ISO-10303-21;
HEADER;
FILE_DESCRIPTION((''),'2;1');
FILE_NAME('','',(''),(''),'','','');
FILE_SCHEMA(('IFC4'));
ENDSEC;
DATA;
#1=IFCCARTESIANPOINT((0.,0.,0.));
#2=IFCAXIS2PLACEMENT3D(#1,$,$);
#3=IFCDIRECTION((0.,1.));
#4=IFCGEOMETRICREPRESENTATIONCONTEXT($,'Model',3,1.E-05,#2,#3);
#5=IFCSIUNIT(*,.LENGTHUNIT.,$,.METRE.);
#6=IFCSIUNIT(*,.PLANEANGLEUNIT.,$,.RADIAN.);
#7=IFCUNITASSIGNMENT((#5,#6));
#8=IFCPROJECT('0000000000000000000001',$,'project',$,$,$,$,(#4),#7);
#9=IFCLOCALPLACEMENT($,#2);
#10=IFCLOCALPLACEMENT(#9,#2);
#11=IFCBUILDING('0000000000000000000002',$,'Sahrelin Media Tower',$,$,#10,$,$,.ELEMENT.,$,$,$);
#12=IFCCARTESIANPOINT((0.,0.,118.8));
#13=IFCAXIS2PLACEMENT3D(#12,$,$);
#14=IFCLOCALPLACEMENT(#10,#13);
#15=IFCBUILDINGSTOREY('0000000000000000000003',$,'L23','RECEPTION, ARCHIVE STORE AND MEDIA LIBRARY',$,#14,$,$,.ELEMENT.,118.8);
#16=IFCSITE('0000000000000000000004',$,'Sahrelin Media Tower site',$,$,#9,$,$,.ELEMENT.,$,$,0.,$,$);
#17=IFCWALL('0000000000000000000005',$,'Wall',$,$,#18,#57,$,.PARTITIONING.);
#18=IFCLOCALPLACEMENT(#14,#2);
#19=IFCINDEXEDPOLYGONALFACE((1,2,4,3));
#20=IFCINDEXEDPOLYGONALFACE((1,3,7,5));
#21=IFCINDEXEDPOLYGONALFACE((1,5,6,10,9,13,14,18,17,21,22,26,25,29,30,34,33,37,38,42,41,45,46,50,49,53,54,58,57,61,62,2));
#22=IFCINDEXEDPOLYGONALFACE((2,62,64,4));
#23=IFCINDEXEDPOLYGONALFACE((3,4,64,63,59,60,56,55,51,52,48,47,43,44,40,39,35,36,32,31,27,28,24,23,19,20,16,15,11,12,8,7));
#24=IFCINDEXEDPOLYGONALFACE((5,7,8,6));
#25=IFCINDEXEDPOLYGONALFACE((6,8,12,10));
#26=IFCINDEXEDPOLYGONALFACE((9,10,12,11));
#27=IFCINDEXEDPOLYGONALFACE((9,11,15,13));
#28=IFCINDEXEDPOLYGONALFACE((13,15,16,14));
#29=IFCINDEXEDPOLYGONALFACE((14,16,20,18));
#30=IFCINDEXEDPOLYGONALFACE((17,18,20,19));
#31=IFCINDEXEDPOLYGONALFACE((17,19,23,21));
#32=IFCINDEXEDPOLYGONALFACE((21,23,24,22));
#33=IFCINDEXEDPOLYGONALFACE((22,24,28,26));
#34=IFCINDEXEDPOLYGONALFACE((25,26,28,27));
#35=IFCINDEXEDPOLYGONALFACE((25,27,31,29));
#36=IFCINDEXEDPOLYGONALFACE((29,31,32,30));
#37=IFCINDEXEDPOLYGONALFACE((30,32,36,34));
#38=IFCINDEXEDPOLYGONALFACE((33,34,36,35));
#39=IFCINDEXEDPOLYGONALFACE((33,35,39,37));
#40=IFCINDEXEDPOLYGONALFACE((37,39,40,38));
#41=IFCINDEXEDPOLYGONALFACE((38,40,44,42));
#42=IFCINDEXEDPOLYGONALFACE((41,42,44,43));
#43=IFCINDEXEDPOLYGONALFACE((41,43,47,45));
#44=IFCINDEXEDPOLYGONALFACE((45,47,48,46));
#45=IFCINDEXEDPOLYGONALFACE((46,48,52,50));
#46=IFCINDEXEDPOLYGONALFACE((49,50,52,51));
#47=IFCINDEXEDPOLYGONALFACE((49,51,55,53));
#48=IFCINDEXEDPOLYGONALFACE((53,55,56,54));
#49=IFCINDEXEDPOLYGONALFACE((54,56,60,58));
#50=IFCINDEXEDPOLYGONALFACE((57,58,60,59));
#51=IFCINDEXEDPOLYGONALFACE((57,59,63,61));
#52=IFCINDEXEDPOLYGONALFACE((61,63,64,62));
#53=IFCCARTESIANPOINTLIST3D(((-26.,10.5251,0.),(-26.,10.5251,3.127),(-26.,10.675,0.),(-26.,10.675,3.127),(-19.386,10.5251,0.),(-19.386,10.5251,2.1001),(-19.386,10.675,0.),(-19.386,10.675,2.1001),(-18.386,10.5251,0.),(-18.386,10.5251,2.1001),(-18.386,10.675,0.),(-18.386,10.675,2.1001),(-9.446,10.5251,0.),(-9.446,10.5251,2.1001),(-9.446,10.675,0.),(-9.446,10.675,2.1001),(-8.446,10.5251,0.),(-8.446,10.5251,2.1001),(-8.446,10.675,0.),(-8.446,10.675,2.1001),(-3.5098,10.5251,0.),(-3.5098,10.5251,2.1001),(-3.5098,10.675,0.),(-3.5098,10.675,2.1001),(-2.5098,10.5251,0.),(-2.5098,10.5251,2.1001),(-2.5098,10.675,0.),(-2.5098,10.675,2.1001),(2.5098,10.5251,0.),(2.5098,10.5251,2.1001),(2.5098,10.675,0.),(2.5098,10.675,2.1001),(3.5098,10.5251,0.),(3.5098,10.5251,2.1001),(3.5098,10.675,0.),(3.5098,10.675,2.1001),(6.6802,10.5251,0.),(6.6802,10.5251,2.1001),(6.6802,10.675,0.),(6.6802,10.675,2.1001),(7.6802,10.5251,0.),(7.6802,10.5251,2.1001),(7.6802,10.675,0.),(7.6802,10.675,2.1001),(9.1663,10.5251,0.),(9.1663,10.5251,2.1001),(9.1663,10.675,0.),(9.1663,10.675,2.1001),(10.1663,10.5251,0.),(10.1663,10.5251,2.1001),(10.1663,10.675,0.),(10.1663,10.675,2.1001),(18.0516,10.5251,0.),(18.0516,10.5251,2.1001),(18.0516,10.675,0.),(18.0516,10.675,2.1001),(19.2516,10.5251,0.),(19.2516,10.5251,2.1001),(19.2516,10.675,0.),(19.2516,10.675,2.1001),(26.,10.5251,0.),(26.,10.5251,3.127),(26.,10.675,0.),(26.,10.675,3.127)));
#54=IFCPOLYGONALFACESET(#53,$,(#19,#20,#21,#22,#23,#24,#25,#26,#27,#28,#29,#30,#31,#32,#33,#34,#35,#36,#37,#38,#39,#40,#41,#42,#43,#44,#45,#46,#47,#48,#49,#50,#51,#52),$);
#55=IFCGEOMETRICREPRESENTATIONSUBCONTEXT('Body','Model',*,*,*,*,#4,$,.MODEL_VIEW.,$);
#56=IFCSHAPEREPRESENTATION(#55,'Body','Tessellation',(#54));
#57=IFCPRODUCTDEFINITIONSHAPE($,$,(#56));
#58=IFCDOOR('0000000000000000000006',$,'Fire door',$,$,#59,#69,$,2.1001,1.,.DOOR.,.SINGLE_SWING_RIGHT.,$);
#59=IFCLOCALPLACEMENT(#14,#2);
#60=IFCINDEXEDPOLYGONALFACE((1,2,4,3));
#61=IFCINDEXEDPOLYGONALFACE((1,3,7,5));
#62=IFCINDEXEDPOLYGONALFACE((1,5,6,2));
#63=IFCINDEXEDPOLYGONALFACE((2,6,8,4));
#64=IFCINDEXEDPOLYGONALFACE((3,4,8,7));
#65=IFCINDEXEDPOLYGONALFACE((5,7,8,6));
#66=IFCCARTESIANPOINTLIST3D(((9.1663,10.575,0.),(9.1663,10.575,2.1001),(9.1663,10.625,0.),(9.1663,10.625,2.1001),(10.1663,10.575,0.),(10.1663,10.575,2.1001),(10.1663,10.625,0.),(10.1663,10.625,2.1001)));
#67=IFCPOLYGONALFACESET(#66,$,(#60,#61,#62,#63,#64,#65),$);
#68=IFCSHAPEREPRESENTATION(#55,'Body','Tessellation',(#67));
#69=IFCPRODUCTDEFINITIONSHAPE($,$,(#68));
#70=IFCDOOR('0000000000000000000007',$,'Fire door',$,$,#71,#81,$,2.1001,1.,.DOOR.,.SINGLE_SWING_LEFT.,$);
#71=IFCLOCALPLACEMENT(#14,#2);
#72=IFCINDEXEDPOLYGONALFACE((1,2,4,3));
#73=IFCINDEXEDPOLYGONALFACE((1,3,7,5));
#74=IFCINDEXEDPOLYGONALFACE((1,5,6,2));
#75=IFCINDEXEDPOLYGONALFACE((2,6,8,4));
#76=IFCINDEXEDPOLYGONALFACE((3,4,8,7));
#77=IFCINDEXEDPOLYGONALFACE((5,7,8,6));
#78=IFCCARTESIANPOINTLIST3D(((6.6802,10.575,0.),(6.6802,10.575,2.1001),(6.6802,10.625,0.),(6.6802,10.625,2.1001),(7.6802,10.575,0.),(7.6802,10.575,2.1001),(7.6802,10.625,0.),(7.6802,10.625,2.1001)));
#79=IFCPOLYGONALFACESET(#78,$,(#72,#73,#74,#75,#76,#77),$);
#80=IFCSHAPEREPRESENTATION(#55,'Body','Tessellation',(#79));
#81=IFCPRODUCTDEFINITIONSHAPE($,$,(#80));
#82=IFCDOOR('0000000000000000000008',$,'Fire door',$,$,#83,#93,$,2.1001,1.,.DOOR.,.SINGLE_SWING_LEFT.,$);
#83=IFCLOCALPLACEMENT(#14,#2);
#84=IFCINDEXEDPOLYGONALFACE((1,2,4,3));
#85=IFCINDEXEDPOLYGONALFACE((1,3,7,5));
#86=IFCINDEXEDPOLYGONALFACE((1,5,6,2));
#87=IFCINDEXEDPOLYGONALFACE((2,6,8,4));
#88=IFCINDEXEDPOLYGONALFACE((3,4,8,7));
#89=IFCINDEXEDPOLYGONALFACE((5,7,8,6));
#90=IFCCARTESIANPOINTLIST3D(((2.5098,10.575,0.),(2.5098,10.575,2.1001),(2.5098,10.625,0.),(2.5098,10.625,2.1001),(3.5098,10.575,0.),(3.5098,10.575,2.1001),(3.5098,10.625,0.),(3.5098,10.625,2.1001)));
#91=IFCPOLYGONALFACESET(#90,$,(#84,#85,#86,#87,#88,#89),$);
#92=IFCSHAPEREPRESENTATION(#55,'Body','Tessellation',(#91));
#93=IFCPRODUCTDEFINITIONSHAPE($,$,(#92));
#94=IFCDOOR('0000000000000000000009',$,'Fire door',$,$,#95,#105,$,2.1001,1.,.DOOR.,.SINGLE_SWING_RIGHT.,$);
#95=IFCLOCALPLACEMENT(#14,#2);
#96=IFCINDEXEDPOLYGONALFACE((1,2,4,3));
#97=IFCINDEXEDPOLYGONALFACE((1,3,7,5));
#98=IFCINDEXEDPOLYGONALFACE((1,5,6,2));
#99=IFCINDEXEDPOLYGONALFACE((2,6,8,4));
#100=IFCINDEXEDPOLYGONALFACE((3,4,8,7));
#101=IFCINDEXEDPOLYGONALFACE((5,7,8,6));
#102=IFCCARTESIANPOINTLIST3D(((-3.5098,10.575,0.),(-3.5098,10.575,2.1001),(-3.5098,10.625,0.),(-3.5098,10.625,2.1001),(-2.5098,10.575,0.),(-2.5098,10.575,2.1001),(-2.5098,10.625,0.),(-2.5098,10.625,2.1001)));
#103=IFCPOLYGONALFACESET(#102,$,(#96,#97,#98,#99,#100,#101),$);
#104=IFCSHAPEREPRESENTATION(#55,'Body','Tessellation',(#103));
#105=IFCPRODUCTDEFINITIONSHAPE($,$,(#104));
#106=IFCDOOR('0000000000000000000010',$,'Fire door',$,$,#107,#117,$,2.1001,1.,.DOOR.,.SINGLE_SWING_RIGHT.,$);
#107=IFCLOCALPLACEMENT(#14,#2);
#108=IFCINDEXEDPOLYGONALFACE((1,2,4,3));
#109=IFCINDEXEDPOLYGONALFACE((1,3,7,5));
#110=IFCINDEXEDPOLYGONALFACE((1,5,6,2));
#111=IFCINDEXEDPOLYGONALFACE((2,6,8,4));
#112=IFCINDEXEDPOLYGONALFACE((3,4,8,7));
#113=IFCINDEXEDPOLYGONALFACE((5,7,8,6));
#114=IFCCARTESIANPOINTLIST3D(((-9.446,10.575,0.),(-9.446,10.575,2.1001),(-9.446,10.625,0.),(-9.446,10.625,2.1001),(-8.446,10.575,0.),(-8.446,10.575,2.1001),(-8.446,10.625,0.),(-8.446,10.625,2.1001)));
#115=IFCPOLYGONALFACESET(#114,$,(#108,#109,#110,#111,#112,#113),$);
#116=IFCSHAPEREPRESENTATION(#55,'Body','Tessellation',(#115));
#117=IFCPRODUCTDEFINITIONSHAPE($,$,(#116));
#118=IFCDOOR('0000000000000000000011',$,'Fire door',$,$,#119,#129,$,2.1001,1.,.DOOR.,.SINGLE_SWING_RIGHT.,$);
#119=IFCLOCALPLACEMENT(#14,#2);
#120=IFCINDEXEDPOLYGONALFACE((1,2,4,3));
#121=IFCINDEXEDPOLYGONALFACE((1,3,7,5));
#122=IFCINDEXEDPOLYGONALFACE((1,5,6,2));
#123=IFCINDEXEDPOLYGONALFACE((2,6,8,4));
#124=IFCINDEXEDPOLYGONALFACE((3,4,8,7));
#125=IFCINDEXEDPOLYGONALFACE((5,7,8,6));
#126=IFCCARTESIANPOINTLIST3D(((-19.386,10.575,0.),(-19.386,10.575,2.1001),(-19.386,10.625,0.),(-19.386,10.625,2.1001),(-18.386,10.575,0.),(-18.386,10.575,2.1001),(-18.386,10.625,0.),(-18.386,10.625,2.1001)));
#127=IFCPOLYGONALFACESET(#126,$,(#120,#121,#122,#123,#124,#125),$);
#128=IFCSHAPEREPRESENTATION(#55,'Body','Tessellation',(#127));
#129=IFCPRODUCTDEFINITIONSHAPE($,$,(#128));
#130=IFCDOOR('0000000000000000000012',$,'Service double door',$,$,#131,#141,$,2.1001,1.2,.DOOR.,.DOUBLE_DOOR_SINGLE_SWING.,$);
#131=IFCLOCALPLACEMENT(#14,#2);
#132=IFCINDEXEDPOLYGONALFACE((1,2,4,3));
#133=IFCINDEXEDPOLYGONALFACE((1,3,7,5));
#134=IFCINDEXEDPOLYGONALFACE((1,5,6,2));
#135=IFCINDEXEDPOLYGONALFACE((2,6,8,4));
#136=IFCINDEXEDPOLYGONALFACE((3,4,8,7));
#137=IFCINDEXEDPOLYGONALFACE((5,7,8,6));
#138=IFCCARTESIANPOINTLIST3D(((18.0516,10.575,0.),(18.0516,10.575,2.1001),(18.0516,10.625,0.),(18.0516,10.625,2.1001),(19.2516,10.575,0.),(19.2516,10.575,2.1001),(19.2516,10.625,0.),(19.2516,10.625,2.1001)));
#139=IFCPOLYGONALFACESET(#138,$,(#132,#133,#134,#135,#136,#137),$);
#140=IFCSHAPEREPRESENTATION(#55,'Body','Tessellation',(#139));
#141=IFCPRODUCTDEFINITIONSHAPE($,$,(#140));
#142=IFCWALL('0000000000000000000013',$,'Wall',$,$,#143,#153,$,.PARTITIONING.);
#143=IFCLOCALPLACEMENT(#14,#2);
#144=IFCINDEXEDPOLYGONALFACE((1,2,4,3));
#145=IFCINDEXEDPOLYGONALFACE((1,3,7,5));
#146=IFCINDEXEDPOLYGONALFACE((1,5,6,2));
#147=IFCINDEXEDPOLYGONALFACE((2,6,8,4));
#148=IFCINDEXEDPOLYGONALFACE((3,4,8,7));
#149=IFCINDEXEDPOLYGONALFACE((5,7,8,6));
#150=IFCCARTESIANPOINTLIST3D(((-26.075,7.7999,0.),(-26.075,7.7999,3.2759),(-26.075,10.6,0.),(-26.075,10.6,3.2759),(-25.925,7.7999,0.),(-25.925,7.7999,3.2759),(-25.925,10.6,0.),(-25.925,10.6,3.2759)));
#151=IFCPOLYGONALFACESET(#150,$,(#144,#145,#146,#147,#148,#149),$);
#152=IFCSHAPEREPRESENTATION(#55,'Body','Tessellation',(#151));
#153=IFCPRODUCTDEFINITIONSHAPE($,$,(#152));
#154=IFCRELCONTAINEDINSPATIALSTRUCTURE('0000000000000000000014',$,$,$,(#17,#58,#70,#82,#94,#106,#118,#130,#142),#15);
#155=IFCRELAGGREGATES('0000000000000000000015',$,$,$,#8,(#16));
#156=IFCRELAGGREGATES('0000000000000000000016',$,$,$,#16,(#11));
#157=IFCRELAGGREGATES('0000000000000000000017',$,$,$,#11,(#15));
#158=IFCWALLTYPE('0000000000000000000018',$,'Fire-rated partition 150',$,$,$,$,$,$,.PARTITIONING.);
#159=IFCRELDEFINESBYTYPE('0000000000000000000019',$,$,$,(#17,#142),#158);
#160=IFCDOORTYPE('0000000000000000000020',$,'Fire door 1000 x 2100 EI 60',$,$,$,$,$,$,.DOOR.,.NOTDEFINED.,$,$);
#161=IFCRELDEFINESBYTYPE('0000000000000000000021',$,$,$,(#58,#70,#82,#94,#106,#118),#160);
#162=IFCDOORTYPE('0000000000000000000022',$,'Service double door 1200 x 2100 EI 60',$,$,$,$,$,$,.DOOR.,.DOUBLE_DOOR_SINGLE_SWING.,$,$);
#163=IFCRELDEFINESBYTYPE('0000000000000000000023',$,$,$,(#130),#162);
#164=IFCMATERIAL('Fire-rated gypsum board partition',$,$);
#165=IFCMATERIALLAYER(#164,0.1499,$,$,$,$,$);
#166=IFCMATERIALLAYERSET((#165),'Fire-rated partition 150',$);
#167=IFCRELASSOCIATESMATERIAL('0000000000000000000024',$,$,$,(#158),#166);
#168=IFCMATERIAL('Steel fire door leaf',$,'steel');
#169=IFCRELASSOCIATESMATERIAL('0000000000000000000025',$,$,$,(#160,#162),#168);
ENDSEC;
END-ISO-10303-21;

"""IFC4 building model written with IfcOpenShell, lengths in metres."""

from ifc_helpers import new_model, si_unit, direction, frame, frame_2d, origin, place, context, subcontext, project, spatial, rectangle, extrude, material, layer, layer_set, type_object, element, fill, save


model = new_model("IFC4")

# Units and contexts
model_context = context("Model", 3, precision=1e-05, world=origin(), true_north=direction((0.0, 1.0)))
body_context = subcontext(model_context, "Body", "Model", "MODEL_VIEW")
ifc_project = project(units=[si_unit("LENGTHUNIT", "METRE"), si_unit("PLANEANGLEUNIT", "RADIAN")], contexts=[model_context])

# Site, building, storey
site_placement = place(None, origin())
site = spatial("IfcSite", under=ifc_project, at=site_placement, Name="Sahrelin Media Tower site", CompositionType="ELEMENT", RefElevation=0.0)
building_placement = place(site_placement, origin())
building = spatial("IfcBuilding", under=site, at=building_placement, Name="Sahrelin Media Tower", CompositionType="ELEMENT")
storey_placement = place(building_placement, frame((0.0, 0.0, 118.8)))
storey = spatial("IfcBuildingStorey", under=building, at=storey_placement, Name="L23", Description="RECEPTION, ARCHIVE STORE AND MEDIA LIBRARY", CompositionType="ELEMENT", Elevation=118.8)

# Shared definitions
ifc_material_1 = material(Name="Fire-rated gypsum board partition")
ifc_layer_1 = layer(ifc_material_1, 0.1499)
ifc_layer_set_1 = layer_set([ifc_layer_1], Name="Fire-rated partition 150")
wall_type = type_object("IfcWallType", Name="Fire-rated partition 150", PredefinedType="PARTITIONING", material=ifc_layer_set_1)

# Wall, openings, doors
wall_1_placement = place(storey_placement, frame((-26.0, 10.6001, 0.0), z_axis=(0.0, 0.0, 1.0), x_axis=(1.0, 0.0, 0.0)))
wall_1 = element("IfcWall", 1, at=wall_1_placement, inside=storey, type_object=wall_type, Name="Wall", PredefinedType="PARTITIONING", context=body_context, shape_type="SweptSolid", body=[
    extrude(rectangle(XDim=52.0, YDim=0.1499, at=frame_2d((26.0, 0.0))), origin(), (0.0, 0.0, 1.0), 3.127),
])
opening_1_placement = place(wall_1_placement, frame((44.0515, 0.0, 0.0)))
opening_1 = element("IfcOpeningElement", 2, at=opening_1_placement, cuts=wall_1, PredefinedType="OPENING", context=body_context, shape_type="SweptSolid", body=[
    extrude(rectangle(XDim=1.2, YDim=2.1001, at=frame_2d((0.6001, 1.05))), frame((0.0, 0.075, 0.0), z_axis=(0.0, -1.0, 0.0), x_axis=(1.0, 0.0, 0.0)), (0.0, 0.0, 1.0), 0.1499),
])
opening_2_placement = place(wall_1_placement, frame((35.1663, 0.0, 0.0)))
opening_2 = element("IfcOpeningElement", 3, at=opening_2_placement, cuts=wall_1, PredefinedType="OPENING", context=body_context, shape_type="SweptSolid", body=[
    extrude(rectangle(XDim=1.0, YDim=2.1001, at=frame_2d((0.5, 1.05))), frame((0.0, 0.075, 0.0), z_axis=(0.0, -1.0, 0.0), x_axis=(1.0, 0.0, 0.0)), (0.0, 0.0, 1.0), 0.1499),
])
opening_3_placement = place(wall_1_placement, frame((32.6802, 0.0, 0.0)))
opening_3 = element("IfcOpeningElement", 4, at=opening_3_placement, cuts=wall_1, PredefinedType="OPENING", context=body_context, shape_type="SweptSolid", body=[
    extrude(rectangle(XDim=1.0, YDim=2.1001, at=frame_2d((0.5, 1.05))), frame((0.0, 0.075, 0.0), z_axis=(0.0, -1.0, 0.0), x_axis=(1.0, 0.0, 0.0)), (0.0, 0.0, 1.0), 0.1499),
])
opening_4_placement = place(wall_1_placement, frame((28.5098, 0.0, 0.0)))
opening_4 = element("IfcOpeningElement", 5, at=opening_4_placement, cuts=wall_1, PredefinedType="OPENING", context=body_context, shape_type="SweptSolid", body=[
    extrude(rectangle(XDim=1.0, YDim=2.1001, at=frame_2d((0.5, 1.05))), frame((0.0, 0.075, 0.0), z_axis=(0.0, -1.0, 0.0), x_axis=(1.0, 0.0, 0.0)), (0.0, 0.0, 1.0), 0.1499),
])
opening_5_placement = place(wall_1_placement, frame((22.4902, 0.0, 0.0)))
opening_5 = element("IfcOpeningElement", 6, at=opening_5_placement, cuts=wall_1, PredefinedType="OPENING", context=body_context, shape_type="SweptSolid", body=[
    extrude(rectangle(XDim=1.0, YDim=2.1001, at=frame_2d((0.5, 1.05))), frame((0.0, 0.075, 0.0), z_axis=(0.0, -1.0, 0.0), x_axis=(1.0, 0.0, 0.0)), (0.0, 0.0, 1.0), 0.1499),
])
opening_6_placement = place(wall_1_placement, frame((16.554, 0.0, 0.0)))
opening_6 = element("IfcOpeningElement", 7, at=opening_6_placement, cuts=wall_1, PredefinedType="OPENING", context=body_context, shape_type="SweptSolid", body=[
    extrude(rectangle(XDim=1.0, YDim=2.1001, at=frame_2d((0.5, 1.05))), frame((0.0, 0.075, 0.0), z_axis=(0.0, -1.0, 0.0), x_axis=(1.0, 0.0, 0.0)), (0.0, 0.0, 1.0), 0.1499),
])
opening_7_placement = place(wall_1_placement, frame((6.614, 0.0, 0.0)))
opening_7 = element("IfcOpeningElement", 8, at=opening_7_placement, cuts=wall_1, PredefinedType="OPENING", context=body_context, shape_type="SweptSolid", body=[
    extrude(rectangle(XDim=1.0, YDim=2.1001, at=frame_2d((0.5, 1.05))), frame((0.0, 0.075, 0.0), z_axis=(0.0, -1.0, 0.0), x_axis=(1.0, 0.0, 0.0)), (0.0, 0.0, 1.0), 0.1499),
])
ifc_material_2 = material(Name="Steel fire door leaf", Category="steel")
door_type_1 = type_object("IfcDoorType", Name="Fire door 1000 x 2100 EI 60", OperationType="NOTDEFINED", PredefinedType="DOOR", material=ifc_material_2)
door_1_placement = place(opening_2_placement, origin())
door_1 = element("IfcDoor", 9, at=door_1_placement, inside=storey, type_object=door_type_1, Name="Fire door", OperationType="SINGLE_SWING_RIGHT", OverallHeight=2.1001, OverallWidth=1.0, PredefinedType="DOOR", context=body_context, shape_type="SweptSolid", body=[
    extrude(rectangle(XDim=1.0, YDim=2.1001, at=frame_2d((0.5, 1.05))), frame((0.0, 0.0249, 0.0), z_axis=(0.0, -1.0, 0.0), x_axis=(1.0, 0.0, 0.0)), (0.0, 0.0, 1.0), 0.05),
])
fill(opening_2, door_1)
door_2_placement = place(opening_3_placement, origin())
door_2 = element("IfcDoor", 10, at=door_2_placement, inside=storey, type_object=door_type_1, Name="Fire door", OperationType="SINGLE_SWING_LEFT", OverallHeight=2.1001, OverallWidth=1.0, PredefinedType="DOOR", context=body_context, shape_type="SweptSolid", body=[
    extrude(rectangle(XDim=1.0, YDim=2.1001, at=frame_2d((0.5, 1.05))), frame((0.0, 0.0249, 0.0), z_axis=(0.0, -1.0, 0.0), x_axis=(1.0, 0.0, 0.0)), (0.0, 0.0, 1.0), 0.05),
])
fill(opening_3, door_2)
door_3_placement = place(opening_4_placement, origin())
door_3 = element("IfcDoor", 11, at=door_3_placement, inside=storey, type_object=door_type_1, Name="Fire door", OperationType="SINGLE_SWING_LEFT", OverallHeight=2.1001, OverallWidth=1.0, PredefinedType="DOOR", context=body_context, shape_type="SweptSolid", body=[
    extrude(rectangle(XDim=1.0, YDim=2.1001, at=frame_2d((0.5, 1.05))), frame((0.0, 0.0249, 0.0), z_axis=(0.0, -1.0, 0.0), x_axis=(1.0, 0.0, 0.0)), (0.0, 0.0, 1.0), 0.05),
])
fill(opening_4, door_3)
door_4_placement = place(opening_5_placement, origin())
door_4 = element("IfcDoor", 12, at=door_4_placement, inside=storey, type_object=door_type_1, Name="Fire door", OperationType="SINGLE_SWING_RIGHT", OverallHeight=2.1001, OverallWidth=1.0, PredefinedType="DOOR", context=body_context, shape_type="SweptSolid", body=[
    extrude(rectangle(XDim=1.0, YDim=2.1001, at=frame_2d((0.5, 1.05))), frame((0.0, 0.0249, 0.0), z_axis=(0.0, -1.0, 0.0), x_axis=(1.0, 0.0, 0.0)), (0.0, 0.0, 1.0), 0.05),
])
fill(opening_5, door_4)
door_5_placement = place(opening_6_placement, origin())
door_5 = element("IfcDoor", 13, at=door_5_placement, inside=storey, type_object=door_type_1, Name="Fire door", OperationType="SINGLE_SWING_RIGHT", OverallHeight=2.1001, OverallWidth=1.0, PredefinedType="DOOR", context=body_context, shape_type="SweptSolid", body=[
    extrude(rectangle(XDim=1.0, YDim=2.1001, at=frame_2d((0.5, 1.05))), frame((0.0, 0.0249, 0.0), z_axis=(0.0, -1.0, 0.0), x_axis=(1.0, 0.0, 0.0)), (0.0, 0.0, 1.0), 0.05),
])
fill(opening_6, door_5)
door_6_placement = place(opening_7_placement, origin())
door_6 = element("IfcDoor", 14, at=door_6_placement, inside=storey, type_object=door_type_1, Name="Fire door", OperationType="SINGLE_SWING_RIGHT", OverallHeight=2.1001, OverallWidth=1.0, PredefinedType="DOOR", context=body_context, shape_type="SweptSolid", body=[
    extrude(rectangle(XDim=1.0, YDim=2.1001, at=frame_2d((0.5, 1.05))), frame((0.0, 0.0249, 0.0), z_axis=(0.0, -1.0, 0.0), x_axis=(1.0, 0.0, 0.0)), (0.0, 0.0, 1.0), 0.05),
])
fill(opening_7, door_6)
door_type_2 = type_object("IfcDoorType", Name="Service double door 1200 x 2100 EI 60", OperationType="DOUBLE_DOOR_SINGLE_SWING", PredefinedType="DOOR", material=ifc_material_2)
door_7_placement = place(opening_1_placement, origin())
door_7 = element("IfcDoor", 15, at=door_7_placement, inside=storey, type_object=door_type_2, Name="Service double door", OperationType="DOUBLE_DOOR_SINGLE_SWING", OverallHeight=2.1001, OverallWidth=1.2, PredefinedType="DOOR", context=body_context, shape_type="SweptSolid", body=[
    extrude(rectangle(XDim=1.2, YDim=2.1001, at=frame_2d((0.6001, 1.05))), frame((0.0, 0.0249, 0.0), z_axis=(0.0, -1.0, 0.0), x_axis=(1.0, 0.0, 0.0)), (0.0, 0.0, 1.0), 0.05),
])
fill(opening_1, door_7)

# Wall
wall_2_placement = place(storey_placement, frame((-26.0, 7.8, 0.0), z_axis=(0.0, 0.0, 1.0), x_axis=(0.0, 1.0, 0.0)))
element("IfcWall", 16, at=wall_2_placement, inside=storey, type_object=wall_type, Name="Wall", PredefinedType="PARTITIONING", context=body_context, shape_type="SweptSolid", body=[
    extrude(rectangle(XDim=2.8, YDim=0.1499, at=frame_2d((1.3999, 0.0))), origin(), (0.0, 0.0, 1.0), 3.2759),
])

save(model, "model.ifc")
